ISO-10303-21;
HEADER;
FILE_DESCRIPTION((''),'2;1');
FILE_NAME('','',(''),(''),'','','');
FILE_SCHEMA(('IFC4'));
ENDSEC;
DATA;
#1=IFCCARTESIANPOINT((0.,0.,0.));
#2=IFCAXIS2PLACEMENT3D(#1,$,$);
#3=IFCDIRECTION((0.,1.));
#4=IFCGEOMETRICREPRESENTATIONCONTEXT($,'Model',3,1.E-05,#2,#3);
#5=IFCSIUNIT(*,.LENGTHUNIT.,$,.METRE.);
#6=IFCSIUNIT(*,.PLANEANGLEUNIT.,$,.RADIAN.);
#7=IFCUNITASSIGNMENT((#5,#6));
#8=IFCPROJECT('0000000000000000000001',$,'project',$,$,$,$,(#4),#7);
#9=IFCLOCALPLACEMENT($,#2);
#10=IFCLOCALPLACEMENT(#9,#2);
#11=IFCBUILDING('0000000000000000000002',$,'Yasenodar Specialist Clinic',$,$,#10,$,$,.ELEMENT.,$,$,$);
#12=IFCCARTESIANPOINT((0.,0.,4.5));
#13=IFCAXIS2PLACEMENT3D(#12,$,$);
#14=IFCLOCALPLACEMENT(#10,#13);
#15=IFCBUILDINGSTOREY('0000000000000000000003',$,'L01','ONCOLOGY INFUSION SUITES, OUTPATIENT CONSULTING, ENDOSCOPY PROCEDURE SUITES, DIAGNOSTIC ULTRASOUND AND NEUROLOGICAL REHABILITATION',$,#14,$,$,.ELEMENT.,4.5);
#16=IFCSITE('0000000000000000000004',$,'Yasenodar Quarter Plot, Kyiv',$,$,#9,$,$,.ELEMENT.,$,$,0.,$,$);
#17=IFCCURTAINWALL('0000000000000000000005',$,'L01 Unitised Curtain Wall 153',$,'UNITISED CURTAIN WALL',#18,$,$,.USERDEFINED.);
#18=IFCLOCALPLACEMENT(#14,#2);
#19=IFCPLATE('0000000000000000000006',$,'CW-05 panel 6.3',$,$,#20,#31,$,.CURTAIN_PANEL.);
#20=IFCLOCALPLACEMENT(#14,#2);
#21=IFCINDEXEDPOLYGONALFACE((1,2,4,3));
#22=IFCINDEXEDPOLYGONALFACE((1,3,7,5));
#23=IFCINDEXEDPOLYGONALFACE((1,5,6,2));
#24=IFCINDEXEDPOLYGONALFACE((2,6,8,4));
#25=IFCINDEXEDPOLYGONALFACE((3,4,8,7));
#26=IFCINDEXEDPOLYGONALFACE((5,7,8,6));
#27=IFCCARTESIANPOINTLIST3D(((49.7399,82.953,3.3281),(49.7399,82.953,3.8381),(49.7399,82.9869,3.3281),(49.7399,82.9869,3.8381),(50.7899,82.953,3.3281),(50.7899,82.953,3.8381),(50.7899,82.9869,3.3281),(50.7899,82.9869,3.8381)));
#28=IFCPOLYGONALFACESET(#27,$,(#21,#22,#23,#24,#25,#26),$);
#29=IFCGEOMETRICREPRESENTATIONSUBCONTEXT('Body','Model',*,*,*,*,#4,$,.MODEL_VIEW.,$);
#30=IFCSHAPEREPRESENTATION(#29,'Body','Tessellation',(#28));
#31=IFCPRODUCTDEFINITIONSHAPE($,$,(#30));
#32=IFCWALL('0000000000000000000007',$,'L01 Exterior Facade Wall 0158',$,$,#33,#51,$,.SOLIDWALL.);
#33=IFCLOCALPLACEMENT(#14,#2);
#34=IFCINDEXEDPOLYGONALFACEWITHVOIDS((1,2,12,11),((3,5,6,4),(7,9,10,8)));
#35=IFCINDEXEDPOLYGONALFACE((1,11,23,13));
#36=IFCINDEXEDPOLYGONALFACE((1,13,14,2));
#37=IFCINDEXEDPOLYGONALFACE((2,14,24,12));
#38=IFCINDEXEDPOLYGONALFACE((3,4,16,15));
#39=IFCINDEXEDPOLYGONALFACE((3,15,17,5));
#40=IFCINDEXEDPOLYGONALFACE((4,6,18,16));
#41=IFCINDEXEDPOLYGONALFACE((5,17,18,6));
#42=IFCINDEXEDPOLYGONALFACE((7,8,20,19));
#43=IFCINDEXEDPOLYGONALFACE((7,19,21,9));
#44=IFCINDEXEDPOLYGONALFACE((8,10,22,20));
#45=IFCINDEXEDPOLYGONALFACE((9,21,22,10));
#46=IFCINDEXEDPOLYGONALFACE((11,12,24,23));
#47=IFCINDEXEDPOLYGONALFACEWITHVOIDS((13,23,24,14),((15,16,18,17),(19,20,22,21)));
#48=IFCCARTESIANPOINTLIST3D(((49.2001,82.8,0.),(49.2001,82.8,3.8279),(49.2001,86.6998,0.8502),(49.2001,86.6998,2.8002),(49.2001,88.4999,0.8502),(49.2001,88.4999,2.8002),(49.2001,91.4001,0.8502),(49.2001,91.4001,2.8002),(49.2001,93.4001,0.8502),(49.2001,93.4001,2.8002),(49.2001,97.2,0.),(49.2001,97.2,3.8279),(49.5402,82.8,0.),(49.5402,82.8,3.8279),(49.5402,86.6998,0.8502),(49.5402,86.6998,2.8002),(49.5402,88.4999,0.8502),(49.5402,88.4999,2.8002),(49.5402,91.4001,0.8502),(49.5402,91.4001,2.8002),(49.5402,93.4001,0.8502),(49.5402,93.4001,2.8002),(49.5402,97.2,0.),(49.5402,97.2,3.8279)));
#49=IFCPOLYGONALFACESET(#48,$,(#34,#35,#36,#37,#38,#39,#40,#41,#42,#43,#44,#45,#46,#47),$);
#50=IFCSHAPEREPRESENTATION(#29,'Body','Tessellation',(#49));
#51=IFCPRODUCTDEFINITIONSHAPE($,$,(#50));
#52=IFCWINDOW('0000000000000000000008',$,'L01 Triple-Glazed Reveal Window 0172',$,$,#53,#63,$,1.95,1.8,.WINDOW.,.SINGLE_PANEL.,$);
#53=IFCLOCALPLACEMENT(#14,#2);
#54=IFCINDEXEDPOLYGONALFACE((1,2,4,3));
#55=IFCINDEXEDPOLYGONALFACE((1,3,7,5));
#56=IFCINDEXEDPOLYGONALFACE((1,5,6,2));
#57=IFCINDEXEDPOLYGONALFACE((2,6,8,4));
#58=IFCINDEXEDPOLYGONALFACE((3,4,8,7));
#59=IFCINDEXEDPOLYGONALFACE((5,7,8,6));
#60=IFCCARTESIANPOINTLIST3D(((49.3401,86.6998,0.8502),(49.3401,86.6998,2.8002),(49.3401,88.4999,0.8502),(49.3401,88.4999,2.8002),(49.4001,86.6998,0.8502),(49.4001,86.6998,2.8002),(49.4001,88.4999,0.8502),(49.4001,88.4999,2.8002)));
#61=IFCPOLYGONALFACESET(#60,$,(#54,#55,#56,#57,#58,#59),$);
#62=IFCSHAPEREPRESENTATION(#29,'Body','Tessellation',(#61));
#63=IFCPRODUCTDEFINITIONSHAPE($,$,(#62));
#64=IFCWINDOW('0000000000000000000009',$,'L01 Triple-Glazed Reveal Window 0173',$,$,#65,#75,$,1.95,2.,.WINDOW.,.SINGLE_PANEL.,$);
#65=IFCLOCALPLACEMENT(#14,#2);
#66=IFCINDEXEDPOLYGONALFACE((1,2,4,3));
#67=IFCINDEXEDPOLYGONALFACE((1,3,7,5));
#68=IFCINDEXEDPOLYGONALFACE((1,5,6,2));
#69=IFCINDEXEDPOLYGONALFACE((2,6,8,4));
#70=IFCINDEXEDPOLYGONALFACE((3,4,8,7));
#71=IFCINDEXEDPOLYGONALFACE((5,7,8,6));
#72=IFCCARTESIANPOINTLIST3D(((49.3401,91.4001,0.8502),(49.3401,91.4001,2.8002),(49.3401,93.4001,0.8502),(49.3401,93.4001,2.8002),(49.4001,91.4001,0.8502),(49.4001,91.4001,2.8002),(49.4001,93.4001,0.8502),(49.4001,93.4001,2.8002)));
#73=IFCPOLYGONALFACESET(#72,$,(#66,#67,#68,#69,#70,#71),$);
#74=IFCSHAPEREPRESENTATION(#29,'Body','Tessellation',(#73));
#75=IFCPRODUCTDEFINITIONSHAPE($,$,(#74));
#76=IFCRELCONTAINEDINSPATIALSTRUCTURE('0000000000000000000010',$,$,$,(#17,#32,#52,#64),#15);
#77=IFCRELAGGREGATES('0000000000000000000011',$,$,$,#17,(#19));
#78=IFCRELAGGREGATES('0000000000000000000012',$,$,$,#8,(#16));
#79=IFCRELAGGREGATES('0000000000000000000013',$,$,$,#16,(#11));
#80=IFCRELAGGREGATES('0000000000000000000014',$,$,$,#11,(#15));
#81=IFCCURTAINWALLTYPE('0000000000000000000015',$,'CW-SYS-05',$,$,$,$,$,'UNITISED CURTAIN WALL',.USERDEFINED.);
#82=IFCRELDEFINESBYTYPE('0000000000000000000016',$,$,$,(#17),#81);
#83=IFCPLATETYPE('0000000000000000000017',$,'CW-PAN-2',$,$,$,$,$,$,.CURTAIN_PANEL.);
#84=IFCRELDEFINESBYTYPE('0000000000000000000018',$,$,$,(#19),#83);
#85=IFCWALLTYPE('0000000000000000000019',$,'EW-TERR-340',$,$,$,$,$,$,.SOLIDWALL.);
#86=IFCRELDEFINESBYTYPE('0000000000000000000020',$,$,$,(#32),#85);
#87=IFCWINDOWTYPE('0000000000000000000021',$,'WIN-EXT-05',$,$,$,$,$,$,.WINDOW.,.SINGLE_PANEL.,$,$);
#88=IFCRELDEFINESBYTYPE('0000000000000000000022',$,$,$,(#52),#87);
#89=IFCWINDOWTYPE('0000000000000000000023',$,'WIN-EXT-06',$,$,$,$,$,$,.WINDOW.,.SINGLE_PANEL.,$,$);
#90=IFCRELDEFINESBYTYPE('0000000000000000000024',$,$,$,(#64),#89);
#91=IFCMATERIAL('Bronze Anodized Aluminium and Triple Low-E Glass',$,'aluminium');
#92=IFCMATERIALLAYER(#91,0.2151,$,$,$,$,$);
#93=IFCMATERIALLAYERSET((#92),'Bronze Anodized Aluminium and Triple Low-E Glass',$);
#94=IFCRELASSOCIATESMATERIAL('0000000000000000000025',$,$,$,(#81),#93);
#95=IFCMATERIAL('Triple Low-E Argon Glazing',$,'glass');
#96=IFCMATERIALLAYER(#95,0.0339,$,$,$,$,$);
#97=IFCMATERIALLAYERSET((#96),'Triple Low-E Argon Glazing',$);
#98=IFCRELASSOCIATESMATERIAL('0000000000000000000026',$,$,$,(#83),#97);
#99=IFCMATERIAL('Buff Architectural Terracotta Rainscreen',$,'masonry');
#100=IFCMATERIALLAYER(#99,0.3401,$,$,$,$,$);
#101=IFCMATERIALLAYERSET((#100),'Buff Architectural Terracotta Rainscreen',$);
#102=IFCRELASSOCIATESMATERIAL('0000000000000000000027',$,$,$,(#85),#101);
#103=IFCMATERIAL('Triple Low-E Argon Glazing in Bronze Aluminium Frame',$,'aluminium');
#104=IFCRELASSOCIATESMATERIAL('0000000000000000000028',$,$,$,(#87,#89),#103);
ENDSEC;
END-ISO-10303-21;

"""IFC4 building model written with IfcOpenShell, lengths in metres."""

from ifc_helpers import new_model, si_unit, direction, frame, frame_2d, origin, origin_2d, place, context, subcontext, project, spatial, rectangle, extrude, material, layer, layer_set, type_object, element, fill, aggregate, save


model = new_model("IFC4")

# Units and contexts
model_context = context("Model", 3, precision=1e-05, world=origin(), true_north=direction((0.0, 1.0)))
body_context = subcontext(model_context, "Body", "Model", "MODEL_VIEW")
ifc_project = project(units=[si_unit("LENGTHUNIT", "METRE"), si_unit("PLANEANGLEUNIT", "RADIAN")], contexts=[model_context])

# Site, building, storey
site_placement = place(None, origin())
site = spatial("IfcSite", under=ifc_project, at=site_placement, Name="Yasenodar Quarter Plot, Kyiv", CompositionType="ELEMENT", RefElevation=0.0)
building_placement = place(site_placement, origin())
building = spatial("IfcBuilding", under=site, at=building_placement, Name="Yasenodar Specialist Clinic", CompositionType="ELEMENT")
storey_placement = place(building_placement, frame((0.0, 0.0, 4.5)))
storey = spatial("IfcBuildingStorey", under=building, at=storey_placement, Name="L01", Description="ONCOLOGY INFUSION SUITES, OUTPATIENT CONSULTING, ENDOSCOPY PROCEDURE SUITES, DIAGNOSTIC ULTRASOUND AND NEUROLOGICAL REHABILITATION", CompositionType="ELEMENT", Elevation=4.5)

# Curtain wall, plate
ifc_material_1 = material(Name="Bronze Anodized Aluminium and Triple Low-E Glass", Category="aluminium")
ifc_layer_1 = layer(ifc_material_1, 0.2151)
ifc_layer_set_1 = layer_set([ifc_layer_1], Name="Bronze Anodized Aluminium and Triple Low-E Glass")
curtain_wall_type = type_object("IfcCurtainWallType", Name="CW-SYS-05", ElementType="UNITISED CURTAIN WALL", PredefinedType="USERDEFINED", material=ifc_layer_set_1)
curtain_wall_placement = place(storey_placement, origin())
curtain_wall = element("IfcCurtainWall", 1, at=curtain_wall_placement, inside=storey, type_object=curtain_wall_type, Name="L01 Unitised Curtain Wall 153", ObjectType="UNITISED CURTAIN WALL", PredefinedType="USERDEFINED")
ifc_material_2 = material(Name="Triple Low-E Argon Glazing", Category="glass")
ifc_layer_2 = layer(ifc_material_2, 0.0339)
ifc_layer_set_2 = layer_set([ifc_layer_2], Name="Triple Low-E Argon Glazing")
plate_type = type_object("IfcPlateType", Name="CW-PAN-2", PredefinedType="CURTAIN_PANEL", material=ifc_layer_set_2)
plate_1_placement = place(storey_placement, frame((50.2649, 82.97, 3.3281), z_axis=(0.0, 0.0, 1.0), x_axis=(-1.0, 0.0, 0.0)))
plate_1 = element("IfcPlate", 2, at=plate_1_placement, type_object=plate_type, Name="CW-05 panel 6.3", PredefinedType="CURTAIN_PANEL", context=body_context, shape_type="SweptSolid", body=[
    extrude(rectangle(XDim=1.05, YDim=0.0339, at=origin_2d()), origin(), (0.0, 0.0, 1.0), 0.51),
])
aggregate(curtain_wall, [plate_1])

# Wall, openings, windows
ifc_material_3 = material(Name="Buff Architectural Terracotta Rainscreen", Category="masonry")
ifc_layer_3 = layer(ifc_material_3, 0.3401)
ifc_layer_set_3 = layer_set([ifc_layer_3], Name="Buff Architectural Terracotta Rainscreen")
wall_type = type_object("IfcWallType", Name="EW-TERR-340", PredefinedType="SOLIDWALL", material=ifc_layer_set_3)
wall_placement = place(storey_placement, frame((49.3701, 82.8, 0.0), z_axis=(0.0, 0.0, 1.0), x_axis=(0.0, 1.0, 0.0)))
wall = element("IfcWall", 3, at=wall_placement, inside=storey, type_object=wall_type, Name="L01 Exterior Facade Wall 0158", PredefinedType="SOLIDWALL", context=body_context, shape_type="SweptSolid", body=[
    extrude(rectangle(XDim=14.3999, YDim=0.3401, at=frame_2d((7.2, 0.0))), origin(), (0.0, 0.0, 1.0), 3.8279),
])
opening_1_placement = place(wall_placement, frame((3.8999, 0.0, 0.8501)))
opening_1 = element("IfcOpeningElement", 4, at=opening_1_placement, cuts=wall, PredefinedType="OPENING", context=body_context, shape_type="SweptSolid", body=[
    extrude(rectangle(XDim=1.8, YDim=1.95, at=frame_2d((0.8999, 0.9751))), frame((0.0, 0.1802, 0.0), z_axis=(0.0, -1.0, 0.0), x_axis=(1.0, 0.0, 0.0)), (0.0, 0.0, 1.0), 0.3601),
])
opening_2_placement = place(wall_placement, frame((8.6001, 0.0, 0.8501)))
opening_2 = element("IfcOpeningElement", 5, at=opening_2_placement, cuts=wall, PredefinedType="OPENING", context=body_context, shape_type="SweptSolid", body=[
    extrude(rectangle(XDim=2.0, YDim=1.95, at=frame_2d((1.0, 0.9751))), frame((0.0, 0.1802, 0.0), z_axis=(0.0, -1.0, 0.0), x_axis=(1.0, 0.0, 0.0)), (0.0, 0.0, 1.0), 0.3601),
])
ifc_material_4 = material(Name="Triple Low-E Argon Glazing in Bronze Aluminium Frame", Category="aluminium")
window_type_1 = type_object("IfcWindowType", Name="WIN-EXT-05", PartitioningType="SINGLE_PANEL", PredefinedType="WINDOW", material=ifc_material_4)
window_1_placement = place(opening_1_placement, origin())
window_1 = element("IfcWindow", 6, at=window_1_placement, inside=storey, type_object=window_type_1, Name="L01 Triple-Glazed Reveal Window 0172", OverallHeight=1.95, OverallWidth=1.8, PartitioningType="SINGLE_PANEL", PredefinedType="WINDOW", context=body_context, shape_type="SweptSolid", body=[
    extrude(rectangle(XDim=1.8, YDim=1.95, at=frame_2d((0.8999, 0.9751))), frame((0.0, 0.03, 0.0), z_axis=(0.0, -1.0, 0.0), x_axis=(1.0, 0.0, 0.0)), (0.0, 0.0, 1.0), 0.0601),
])
fill(opening_1, window_1)
window_type_2 = type_object("IfcWindowType", Name="WIN-EXT-06", PartitioningType="SINGLE_PANEL", PredefinedType="WINDOW", material=ifc_material_4)
window_2_placement = place(opening_2_placement, origin())
window_2 = element("IfcWindow", 7, at=window_2_placement, inside=storey, type_object=window_type_2, Name="L01 Triple-Glazed Reveal Window 0173", OverallHeight=1.95, OverallWidth=2.0, PartitioningType="SINGLE_PANEL", PredefinedType="WINDOW", context=body_context, shape_type="SweptSolid", body=[
    extrude(rectangle(XDim=2.0, YDim=1.95, at=frame_2d((1.0, 0.9751))), frame((0.0, 0.03, 0.0), z_axis=(0.0, -1.0, 0.0), x_axis=(1.0, 0.0, 0.0)), (0.0, 0.0, 1.0), 0.0601),
])
fill(opening_2, window_2)

save(model, "model.ifc")
